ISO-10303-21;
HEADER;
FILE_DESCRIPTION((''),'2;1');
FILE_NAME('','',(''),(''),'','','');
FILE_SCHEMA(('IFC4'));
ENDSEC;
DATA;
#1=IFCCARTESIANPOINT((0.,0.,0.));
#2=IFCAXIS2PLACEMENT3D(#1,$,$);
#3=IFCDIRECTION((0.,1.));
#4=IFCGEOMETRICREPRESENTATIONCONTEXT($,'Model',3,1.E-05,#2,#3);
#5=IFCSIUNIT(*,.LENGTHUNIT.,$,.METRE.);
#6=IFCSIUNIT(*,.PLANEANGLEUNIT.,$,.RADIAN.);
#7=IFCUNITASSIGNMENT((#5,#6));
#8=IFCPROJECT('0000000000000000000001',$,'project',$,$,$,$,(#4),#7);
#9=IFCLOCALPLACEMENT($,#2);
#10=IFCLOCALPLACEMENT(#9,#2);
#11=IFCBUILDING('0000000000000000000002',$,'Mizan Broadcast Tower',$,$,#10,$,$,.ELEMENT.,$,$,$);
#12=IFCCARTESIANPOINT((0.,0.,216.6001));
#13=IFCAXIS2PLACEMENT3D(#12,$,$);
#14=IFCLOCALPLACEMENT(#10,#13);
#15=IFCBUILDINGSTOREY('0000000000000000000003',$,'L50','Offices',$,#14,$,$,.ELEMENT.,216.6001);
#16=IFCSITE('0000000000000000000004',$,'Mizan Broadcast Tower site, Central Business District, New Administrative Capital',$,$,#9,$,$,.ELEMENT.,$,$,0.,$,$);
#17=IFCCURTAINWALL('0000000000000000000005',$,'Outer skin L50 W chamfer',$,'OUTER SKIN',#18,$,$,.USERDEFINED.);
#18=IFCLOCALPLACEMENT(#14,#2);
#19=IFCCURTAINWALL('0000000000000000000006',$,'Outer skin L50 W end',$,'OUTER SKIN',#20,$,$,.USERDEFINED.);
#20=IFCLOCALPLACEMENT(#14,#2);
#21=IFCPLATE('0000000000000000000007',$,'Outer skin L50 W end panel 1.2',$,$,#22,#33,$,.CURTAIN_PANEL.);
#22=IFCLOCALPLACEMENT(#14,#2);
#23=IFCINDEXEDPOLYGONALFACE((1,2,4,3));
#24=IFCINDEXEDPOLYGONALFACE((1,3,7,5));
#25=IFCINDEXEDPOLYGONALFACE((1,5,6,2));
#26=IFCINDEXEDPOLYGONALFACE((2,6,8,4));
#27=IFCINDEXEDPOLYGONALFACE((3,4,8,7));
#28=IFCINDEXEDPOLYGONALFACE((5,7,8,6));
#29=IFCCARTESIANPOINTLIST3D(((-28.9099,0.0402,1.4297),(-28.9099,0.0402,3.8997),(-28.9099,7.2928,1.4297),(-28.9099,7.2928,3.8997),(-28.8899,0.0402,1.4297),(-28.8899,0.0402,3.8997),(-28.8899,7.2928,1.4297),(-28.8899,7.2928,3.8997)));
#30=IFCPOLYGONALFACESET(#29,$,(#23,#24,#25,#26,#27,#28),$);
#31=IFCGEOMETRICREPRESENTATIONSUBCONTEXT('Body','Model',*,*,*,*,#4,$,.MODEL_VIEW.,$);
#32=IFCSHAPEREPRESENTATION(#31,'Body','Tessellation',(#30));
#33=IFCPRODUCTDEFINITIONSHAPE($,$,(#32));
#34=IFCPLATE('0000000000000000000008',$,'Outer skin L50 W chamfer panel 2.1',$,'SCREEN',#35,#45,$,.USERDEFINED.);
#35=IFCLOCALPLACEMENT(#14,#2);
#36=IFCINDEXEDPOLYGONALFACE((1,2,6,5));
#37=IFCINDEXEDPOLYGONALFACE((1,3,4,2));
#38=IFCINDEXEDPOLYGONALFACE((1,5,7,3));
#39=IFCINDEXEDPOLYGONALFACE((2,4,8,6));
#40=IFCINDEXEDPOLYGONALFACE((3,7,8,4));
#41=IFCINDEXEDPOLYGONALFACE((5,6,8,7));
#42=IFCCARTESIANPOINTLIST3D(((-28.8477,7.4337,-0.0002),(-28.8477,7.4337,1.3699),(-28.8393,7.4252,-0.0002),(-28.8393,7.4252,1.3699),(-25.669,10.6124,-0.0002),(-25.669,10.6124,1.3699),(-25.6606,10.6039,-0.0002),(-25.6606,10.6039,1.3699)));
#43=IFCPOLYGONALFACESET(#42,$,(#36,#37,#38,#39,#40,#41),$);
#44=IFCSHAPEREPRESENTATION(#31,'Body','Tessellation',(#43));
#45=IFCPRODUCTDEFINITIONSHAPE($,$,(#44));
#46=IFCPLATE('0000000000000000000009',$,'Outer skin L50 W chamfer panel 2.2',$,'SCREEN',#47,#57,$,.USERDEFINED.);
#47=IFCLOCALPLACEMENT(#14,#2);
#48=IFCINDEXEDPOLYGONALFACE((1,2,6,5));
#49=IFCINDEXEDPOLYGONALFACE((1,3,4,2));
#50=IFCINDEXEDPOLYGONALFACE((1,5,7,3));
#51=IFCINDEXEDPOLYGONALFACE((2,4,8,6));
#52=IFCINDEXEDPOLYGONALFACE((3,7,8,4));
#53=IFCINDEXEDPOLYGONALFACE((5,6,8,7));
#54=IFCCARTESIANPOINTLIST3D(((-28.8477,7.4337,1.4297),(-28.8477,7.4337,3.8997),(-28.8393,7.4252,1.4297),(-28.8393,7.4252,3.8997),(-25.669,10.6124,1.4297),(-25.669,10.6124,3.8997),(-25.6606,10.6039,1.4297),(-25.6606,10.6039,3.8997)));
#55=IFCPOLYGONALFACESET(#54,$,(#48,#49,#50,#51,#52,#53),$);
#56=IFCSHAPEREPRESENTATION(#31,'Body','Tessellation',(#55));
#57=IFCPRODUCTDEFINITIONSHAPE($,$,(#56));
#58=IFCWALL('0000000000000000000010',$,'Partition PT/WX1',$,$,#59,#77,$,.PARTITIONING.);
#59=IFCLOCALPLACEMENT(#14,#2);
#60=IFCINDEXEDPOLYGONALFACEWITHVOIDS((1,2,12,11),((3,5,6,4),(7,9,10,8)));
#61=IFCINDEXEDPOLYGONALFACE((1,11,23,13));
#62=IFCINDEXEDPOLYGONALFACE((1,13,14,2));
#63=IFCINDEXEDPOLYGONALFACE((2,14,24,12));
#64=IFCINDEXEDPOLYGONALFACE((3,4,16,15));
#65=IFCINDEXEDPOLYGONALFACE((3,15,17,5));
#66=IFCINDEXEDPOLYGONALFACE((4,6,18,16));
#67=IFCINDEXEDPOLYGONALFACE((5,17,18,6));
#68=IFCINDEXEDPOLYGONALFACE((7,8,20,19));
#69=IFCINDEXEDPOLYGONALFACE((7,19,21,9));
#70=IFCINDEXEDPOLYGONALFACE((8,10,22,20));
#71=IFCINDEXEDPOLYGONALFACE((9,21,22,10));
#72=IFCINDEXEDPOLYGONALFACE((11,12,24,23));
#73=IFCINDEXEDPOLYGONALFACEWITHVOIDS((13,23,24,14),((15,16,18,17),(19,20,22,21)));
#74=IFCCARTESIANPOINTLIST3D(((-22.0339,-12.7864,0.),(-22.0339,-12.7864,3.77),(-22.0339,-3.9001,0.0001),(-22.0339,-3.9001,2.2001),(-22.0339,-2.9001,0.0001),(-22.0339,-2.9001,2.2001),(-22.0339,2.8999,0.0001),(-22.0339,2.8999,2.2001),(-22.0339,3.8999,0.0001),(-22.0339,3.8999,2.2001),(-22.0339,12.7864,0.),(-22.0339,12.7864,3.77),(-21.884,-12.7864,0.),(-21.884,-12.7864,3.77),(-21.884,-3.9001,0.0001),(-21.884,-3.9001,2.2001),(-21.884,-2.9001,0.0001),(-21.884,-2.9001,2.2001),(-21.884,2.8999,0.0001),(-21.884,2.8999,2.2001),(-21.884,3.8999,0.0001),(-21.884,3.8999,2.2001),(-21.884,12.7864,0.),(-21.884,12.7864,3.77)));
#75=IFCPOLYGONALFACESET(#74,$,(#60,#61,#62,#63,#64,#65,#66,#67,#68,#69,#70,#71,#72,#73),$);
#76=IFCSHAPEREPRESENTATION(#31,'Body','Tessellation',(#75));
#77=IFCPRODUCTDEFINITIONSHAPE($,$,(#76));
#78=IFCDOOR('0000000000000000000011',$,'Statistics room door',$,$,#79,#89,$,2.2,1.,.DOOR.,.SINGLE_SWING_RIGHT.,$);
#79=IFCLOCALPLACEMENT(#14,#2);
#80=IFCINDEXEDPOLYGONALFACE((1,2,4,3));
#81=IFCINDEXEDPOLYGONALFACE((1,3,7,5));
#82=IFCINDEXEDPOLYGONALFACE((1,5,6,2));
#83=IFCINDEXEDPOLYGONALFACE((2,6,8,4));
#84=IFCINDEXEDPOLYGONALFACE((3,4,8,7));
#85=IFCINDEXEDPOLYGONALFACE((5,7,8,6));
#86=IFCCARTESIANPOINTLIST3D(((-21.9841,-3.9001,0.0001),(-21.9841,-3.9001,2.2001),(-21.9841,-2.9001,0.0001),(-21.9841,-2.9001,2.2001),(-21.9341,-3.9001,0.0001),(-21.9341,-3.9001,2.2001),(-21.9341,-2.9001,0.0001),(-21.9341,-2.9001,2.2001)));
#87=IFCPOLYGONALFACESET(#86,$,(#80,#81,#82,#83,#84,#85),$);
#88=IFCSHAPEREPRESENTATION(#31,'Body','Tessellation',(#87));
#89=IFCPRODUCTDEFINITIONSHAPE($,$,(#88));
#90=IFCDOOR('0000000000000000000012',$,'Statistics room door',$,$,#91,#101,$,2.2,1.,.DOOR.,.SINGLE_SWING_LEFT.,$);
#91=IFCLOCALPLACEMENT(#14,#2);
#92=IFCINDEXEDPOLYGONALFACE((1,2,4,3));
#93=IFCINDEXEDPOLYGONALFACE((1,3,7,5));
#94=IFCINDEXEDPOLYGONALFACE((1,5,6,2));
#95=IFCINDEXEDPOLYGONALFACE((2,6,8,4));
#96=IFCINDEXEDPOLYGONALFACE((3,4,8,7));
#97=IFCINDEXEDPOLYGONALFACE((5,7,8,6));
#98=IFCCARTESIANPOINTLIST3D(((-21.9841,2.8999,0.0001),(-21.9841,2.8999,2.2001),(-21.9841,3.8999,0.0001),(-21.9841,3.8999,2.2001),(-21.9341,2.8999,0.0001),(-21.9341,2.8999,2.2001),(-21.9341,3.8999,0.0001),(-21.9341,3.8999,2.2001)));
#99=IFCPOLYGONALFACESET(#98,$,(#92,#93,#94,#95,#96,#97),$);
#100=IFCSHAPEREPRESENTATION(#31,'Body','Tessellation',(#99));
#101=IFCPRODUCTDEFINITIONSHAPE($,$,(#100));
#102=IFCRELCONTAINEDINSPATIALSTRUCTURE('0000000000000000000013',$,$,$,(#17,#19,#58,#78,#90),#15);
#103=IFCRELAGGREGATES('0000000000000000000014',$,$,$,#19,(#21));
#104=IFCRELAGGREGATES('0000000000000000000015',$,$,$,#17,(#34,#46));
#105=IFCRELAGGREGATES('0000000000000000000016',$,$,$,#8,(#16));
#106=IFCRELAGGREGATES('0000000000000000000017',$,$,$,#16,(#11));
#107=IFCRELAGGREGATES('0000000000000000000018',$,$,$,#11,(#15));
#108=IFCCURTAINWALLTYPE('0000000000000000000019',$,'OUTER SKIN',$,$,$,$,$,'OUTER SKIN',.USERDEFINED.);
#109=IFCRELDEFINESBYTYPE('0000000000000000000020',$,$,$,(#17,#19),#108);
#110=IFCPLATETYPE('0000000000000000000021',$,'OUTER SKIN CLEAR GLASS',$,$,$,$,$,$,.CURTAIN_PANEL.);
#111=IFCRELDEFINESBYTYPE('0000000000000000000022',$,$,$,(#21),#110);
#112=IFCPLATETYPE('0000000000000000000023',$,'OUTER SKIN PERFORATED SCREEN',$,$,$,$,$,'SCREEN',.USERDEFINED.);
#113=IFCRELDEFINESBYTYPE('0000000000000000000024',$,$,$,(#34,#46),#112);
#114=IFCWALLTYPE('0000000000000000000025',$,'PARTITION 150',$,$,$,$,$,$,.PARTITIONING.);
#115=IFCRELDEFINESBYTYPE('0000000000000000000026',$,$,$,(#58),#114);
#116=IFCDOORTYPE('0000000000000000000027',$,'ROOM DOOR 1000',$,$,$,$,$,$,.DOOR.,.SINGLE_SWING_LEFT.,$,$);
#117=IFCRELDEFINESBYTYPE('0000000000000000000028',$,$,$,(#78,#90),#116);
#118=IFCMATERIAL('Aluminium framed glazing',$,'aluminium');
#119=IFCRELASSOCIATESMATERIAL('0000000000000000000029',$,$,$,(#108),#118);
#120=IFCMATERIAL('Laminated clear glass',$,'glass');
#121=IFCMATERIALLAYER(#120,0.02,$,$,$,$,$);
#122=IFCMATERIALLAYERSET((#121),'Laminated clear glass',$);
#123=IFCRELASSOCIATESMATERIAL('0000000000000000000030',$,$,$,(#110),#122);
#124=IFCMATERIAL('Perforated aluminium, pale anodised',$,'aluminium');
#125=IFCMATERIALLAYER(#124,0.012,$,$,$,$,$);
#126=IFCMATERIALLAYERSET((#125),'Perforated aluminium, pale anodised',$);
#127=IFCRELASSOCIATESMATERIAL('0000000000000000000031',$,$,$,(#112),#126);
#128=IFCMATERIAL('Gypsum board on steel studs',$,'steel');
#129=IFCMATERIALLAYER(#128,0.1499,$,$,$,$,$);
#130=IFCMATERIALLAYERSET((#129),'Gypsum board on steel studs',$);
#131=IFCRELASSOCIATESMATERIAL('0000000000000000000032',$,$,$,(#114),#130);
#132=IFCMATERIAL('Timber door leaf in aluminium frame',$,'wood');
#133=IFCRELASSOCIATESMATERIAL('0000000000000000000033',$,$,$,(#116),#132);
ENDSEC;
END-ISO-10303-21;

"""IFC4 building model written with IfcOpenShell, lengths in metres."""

from ifc_helpers import new_model, si_unit, direction, frame, frame_2d, origin, origin_2d, place, context, subcontext, project, spatial, rectangle, extrude, material, layer, layer_set, type_object, element, fill, aggregate, save


model = new_model("IFC4")

# Units and contexts
model_context = context("Model", 3, precision=1e-05, world=origin(), true_north=direction((0.0, 1.0)))
body_context = subcontext(model_context, "Body", "Model", "MODEL_VIEW")
ifc_project = project(units=[si_unit("LENGTHUNIT", "METRE"), si_unit("PLANEANGLEUNIT", "RADIAN")], contexts=[model_context])

# Site, building, storey
site_placement = place(None, origin())
site = spatial("IfcSite", under=ifc_project, at=site_placement, Name="Mizan Broadcast Tower site, Central Business District, New Administrative Capital", CompositionType="ELEMENT", RefElevation=0.0)
building_placement = place(site_placement, origin())
building = spatial("IfcBuilding", under=site, at=building_placement, Name="Mizan Broadcast Tower", CompositionType="ELEMENT")
storey_placement = place(building_placement, frame((0.0, 0.0, 216.6001)))
storey = spatial("IfcBuildingStorey", under=building, at=storey_placement, Name="L50", Description="Offices", CompositionType="ELEMENT", Elevation=216.6001)

# Curtain wall
ifc_material_1 = material(Name="Aluminium framed glazing", Category="aluminium")
curtain_wall_type_1 = type_object("IfcCurtainWallType", Name="OUTER SKIN", ElementType="OUTER SKIN", PredefinedType="USERDEFINED", material=ifc_material_1)
curtain_wall_1_placement = place(storey_placement, origin())
curtain_wall_1 = element("IfcCurtainWall", 1, at=curtain_wall_1_placement, inside=storey, type_object=curtain_wall_type_1, Name="Outer skin L50 W chamfer", ObjectType="OUTER SKIN", PredefinedType="USERDEFINED")

# Curtain wall
curtain_wall_2_placement = place(storey_placement, origin())
curtain_wall_2 = element("IfcCurtainWall", 2, at=curtain_wall_2_placement, inside=storey, type_object=curtain_wall_type_1, Name="Outer skin L50 W end", ObjectType="OUTER SKIN", PredefinedType="USERDEFINED")

# Plates
ifc_material_2 = material(Name="Laminated clear glass", Category="glass")
ifc_layer_1 = layer(ifc_material_2, 0.02)
ifc_layer_set_1 = layer_set([ifc_layer_1], Name="Laminated clear glass")
plate_type_1 = type_object("IfcPlateType", Name="OUTER SKIN CLEAR GLASS", PredefinedType="CURTAIN_PANEL", material=ifc_layer_set_1)
plate_1_placement = place(storey_placement, frame((-28.8999, 3.6665, 1.4297), z_axis=(0.0, 0.0, 1.0), x_axis=(0.0, -1.0, 0.0)))
plate_1 = element("IfcPlate", 3, at=plate_1_placement, type_object=plate_type_1, Name="Outer skin L50 W end panel 1.2", PredefinedType="CURTAIN_PANEL", context=body_context, shape_type="SweptSolid", body=[
    extrude(rectangle(XDim=7.2527, YDim=0.02, at=origin_2d()), origin(), (0.0, 0.0, 1.0), 2.47),
])
aggregate(curtain_wall_2, [plate_1])
ifc_material_3 = material(Name="Perforated aluminium, pale anodised", Category="aluminium")
ifc_layer_2 = layer(ifc_material_3, 0.012)
ifc_layer_set_2 = layer_set([ifc_layer_2], Name="Perforated aluminium, pale anodised")
plate_type_2 = type_object("IfcPlateType", Name="OUTER SKIN PERFORATED SCREEN", ElementType="SCREEN", PredefinedType="USERDEFINED", material=ifc_layer_set_2)
plate_2_placement = place(storey_placement, frame((-27.2542, 9.0188, -0.0002), z_axis=(0.0, 0.0, 1.0), x_axis=(-0.707107, -0.707107, 0.0)))
plate_2 = element("IfcPlate", 4, at=plate_2_placement, type_object=plate_type_2, Name="Outer skin L50 W chamfer panel 2.1", ObjectType="SCREEN", PredefinedType="USERDEFINED", context=body_context, shape_type="SweptSolid", body=[
    extrude(rectangle(XDim=4.4954, YDim=0.012, at=origin_2d()), origin(), (0.0, 0.0, 1.0), 1.3701),
])
plate_3_placement = place(storey_placement, frame((-27.2542, 9.0188, 1.4297), z_axis=(0.0, 0.0, 1.0), x_axis=(-0.707107, -0.707107, 0.0)))
plate_3 = element("IfcPlate", 5, at=plate_3_placement, type_object=plate_type_2, Name="Outer skin L50 W chamfer panel 2.2", ObjectType="SCREEN", PredefinedType="USERDEFINED", context=body_context, shape_type="SweptSolid", body=[
    extrude(rectangle(XDim=4.4954, YDim=0.012, at=origin_2d()), origin(), (0.0, 0.0, 1.0), 2.47),
])
aggregate(curtain_wall_1, [plate_2, plate_3])

# Wall, openings, doors
ifc_material_4 = material(Name="Gypsum board on steel studs", Category="steel")
ifc_layer_3 = layer(ifc_material_4, 0.1499)
ifc_layer_set_3 = layer_set([ifc_layer_3], Name="Gypsum board on steel studs")
wall_type = type_object("IfcWallType", Name="PARTITION 150", PredefinedType="PARTITIONING", material=ifc_layer_set_3)
wall_placement = place(storey_placement, frame((-21.959, 12.7864, 0.0), z_axis=(0.0, 0.0, 1.0), x_axis=(0.0, -1.0, 0.0)))
wall = element("IfcWall", 6, at=wall_placement, inside=storey, type_object=wall_type, Name="Partition PT/WX1", PredefinedType="PARTITIONING", context=body_context, shape_type="SweptSolid", body=[
    extrude(rectangle(XDim=25.5728, YDim=0.1499, at=frame_2d((12.7864, 0.0))), origin(), (0.0, 0.0, 1.0), 3.77),
])
opening_1_placement = place(wall_placement, frame((15.6865, 0.0, 0.0)))
opening_1 = element("IfcOpeningElement", 7, at=opening_1_placement, cuts=wall, PredefinedType="OPENING", context=body_context, shape_type="SweptSolid", body=[
    extrude(rectangle(XDim=1.0, YDim=2.2, at=frame_2d((0.5, 1.1001))), frame((0.0, 0.085, 0.0), z_axis=(0.0, -1.0, 0.0), x_axis=(1.0, 0.0, 0.0)), (0.0, 0.0, 1.0), 0.1699),
])
opening_2_placement = place(wall_placement, frame((8.8865, 0.0, 0.0)))
opening_2 = element("IfcOpeningElement", 8, at=opening_2_placement, cuts=wall, PredefinedType="OPENING", context=body_context, shape_type="SweptSolid", body=[
    extrude(rectangle(XDim=1.0, YDim=2.2, at=frame_2d((0.5, 1.1001))), frame((0.0, 0.085, 0.0), z_axis=(0.0, -1.0, 0.0), x_axis=(1.0, 0.0, 0.0)), (0.0, 0.0, 1.0), 0.1699),
])
ifc_material_5 = material(Name="Timber door leaf in aluminium frame", Category="wood")
door_type = type_object("IfcDoorType", Name="ROOM DOOR 1000", OperationType="SINGLE_SWING_LEFT", PredefinedType="DOOR", material=ifc_material_5)
door_1_placement = place(opening_1_placement, origin())
door_1 = element("IfcDoor", 9, at=door_1_placement, inside=storey, type_object=door_type, Name="Statistics room door", OperationType="SINGLE_SWING_RIGHT", OverallHeight=2.2, OverallWidth=1.0, PredefinedType="DOOR", context=body_context, shape_type="SweptSolid", body=[
    extrude(rectangle(XDim=1.0, YDim=2.2, at=frame_2d((0.5, 1.1001))), frame((0.0, 0.0249, 0.0), z_axis=(0.0, -1.0, 0.0), x_axis=(1.0, 0.0, 0.0)), (0.0, 0.0, 1.0), 0.05),
])
fill(opening_1, door_1)
door_2_placement = place(opening_2_placement, origin())
door_2 = element("IfcDoor", 10, at=door_2_placement, inside=storey, type_object=door_type, Name="Statistics room door", OperationType="SINGLE_SWING_LEFT", OverallHeight=2.2, OverallWidth=1.0, PredefinedType="DOOR", context=body_context, shape_type="SweptSolid", body=[
    extrude(rectangle(XDim=1.0, YDim=2.2, at=frame_2d((0.5, 1.1001))), frame((0.0, 0.0249, 0.0), z_axis=(0.0, -1.0, 0.0), x_axis=(1.0, 0.0, 0.0)), (0.0, 0.0, 1.0), 0.05),
])
fill(opening_2, door_2)

save(model, "model.ifc")
